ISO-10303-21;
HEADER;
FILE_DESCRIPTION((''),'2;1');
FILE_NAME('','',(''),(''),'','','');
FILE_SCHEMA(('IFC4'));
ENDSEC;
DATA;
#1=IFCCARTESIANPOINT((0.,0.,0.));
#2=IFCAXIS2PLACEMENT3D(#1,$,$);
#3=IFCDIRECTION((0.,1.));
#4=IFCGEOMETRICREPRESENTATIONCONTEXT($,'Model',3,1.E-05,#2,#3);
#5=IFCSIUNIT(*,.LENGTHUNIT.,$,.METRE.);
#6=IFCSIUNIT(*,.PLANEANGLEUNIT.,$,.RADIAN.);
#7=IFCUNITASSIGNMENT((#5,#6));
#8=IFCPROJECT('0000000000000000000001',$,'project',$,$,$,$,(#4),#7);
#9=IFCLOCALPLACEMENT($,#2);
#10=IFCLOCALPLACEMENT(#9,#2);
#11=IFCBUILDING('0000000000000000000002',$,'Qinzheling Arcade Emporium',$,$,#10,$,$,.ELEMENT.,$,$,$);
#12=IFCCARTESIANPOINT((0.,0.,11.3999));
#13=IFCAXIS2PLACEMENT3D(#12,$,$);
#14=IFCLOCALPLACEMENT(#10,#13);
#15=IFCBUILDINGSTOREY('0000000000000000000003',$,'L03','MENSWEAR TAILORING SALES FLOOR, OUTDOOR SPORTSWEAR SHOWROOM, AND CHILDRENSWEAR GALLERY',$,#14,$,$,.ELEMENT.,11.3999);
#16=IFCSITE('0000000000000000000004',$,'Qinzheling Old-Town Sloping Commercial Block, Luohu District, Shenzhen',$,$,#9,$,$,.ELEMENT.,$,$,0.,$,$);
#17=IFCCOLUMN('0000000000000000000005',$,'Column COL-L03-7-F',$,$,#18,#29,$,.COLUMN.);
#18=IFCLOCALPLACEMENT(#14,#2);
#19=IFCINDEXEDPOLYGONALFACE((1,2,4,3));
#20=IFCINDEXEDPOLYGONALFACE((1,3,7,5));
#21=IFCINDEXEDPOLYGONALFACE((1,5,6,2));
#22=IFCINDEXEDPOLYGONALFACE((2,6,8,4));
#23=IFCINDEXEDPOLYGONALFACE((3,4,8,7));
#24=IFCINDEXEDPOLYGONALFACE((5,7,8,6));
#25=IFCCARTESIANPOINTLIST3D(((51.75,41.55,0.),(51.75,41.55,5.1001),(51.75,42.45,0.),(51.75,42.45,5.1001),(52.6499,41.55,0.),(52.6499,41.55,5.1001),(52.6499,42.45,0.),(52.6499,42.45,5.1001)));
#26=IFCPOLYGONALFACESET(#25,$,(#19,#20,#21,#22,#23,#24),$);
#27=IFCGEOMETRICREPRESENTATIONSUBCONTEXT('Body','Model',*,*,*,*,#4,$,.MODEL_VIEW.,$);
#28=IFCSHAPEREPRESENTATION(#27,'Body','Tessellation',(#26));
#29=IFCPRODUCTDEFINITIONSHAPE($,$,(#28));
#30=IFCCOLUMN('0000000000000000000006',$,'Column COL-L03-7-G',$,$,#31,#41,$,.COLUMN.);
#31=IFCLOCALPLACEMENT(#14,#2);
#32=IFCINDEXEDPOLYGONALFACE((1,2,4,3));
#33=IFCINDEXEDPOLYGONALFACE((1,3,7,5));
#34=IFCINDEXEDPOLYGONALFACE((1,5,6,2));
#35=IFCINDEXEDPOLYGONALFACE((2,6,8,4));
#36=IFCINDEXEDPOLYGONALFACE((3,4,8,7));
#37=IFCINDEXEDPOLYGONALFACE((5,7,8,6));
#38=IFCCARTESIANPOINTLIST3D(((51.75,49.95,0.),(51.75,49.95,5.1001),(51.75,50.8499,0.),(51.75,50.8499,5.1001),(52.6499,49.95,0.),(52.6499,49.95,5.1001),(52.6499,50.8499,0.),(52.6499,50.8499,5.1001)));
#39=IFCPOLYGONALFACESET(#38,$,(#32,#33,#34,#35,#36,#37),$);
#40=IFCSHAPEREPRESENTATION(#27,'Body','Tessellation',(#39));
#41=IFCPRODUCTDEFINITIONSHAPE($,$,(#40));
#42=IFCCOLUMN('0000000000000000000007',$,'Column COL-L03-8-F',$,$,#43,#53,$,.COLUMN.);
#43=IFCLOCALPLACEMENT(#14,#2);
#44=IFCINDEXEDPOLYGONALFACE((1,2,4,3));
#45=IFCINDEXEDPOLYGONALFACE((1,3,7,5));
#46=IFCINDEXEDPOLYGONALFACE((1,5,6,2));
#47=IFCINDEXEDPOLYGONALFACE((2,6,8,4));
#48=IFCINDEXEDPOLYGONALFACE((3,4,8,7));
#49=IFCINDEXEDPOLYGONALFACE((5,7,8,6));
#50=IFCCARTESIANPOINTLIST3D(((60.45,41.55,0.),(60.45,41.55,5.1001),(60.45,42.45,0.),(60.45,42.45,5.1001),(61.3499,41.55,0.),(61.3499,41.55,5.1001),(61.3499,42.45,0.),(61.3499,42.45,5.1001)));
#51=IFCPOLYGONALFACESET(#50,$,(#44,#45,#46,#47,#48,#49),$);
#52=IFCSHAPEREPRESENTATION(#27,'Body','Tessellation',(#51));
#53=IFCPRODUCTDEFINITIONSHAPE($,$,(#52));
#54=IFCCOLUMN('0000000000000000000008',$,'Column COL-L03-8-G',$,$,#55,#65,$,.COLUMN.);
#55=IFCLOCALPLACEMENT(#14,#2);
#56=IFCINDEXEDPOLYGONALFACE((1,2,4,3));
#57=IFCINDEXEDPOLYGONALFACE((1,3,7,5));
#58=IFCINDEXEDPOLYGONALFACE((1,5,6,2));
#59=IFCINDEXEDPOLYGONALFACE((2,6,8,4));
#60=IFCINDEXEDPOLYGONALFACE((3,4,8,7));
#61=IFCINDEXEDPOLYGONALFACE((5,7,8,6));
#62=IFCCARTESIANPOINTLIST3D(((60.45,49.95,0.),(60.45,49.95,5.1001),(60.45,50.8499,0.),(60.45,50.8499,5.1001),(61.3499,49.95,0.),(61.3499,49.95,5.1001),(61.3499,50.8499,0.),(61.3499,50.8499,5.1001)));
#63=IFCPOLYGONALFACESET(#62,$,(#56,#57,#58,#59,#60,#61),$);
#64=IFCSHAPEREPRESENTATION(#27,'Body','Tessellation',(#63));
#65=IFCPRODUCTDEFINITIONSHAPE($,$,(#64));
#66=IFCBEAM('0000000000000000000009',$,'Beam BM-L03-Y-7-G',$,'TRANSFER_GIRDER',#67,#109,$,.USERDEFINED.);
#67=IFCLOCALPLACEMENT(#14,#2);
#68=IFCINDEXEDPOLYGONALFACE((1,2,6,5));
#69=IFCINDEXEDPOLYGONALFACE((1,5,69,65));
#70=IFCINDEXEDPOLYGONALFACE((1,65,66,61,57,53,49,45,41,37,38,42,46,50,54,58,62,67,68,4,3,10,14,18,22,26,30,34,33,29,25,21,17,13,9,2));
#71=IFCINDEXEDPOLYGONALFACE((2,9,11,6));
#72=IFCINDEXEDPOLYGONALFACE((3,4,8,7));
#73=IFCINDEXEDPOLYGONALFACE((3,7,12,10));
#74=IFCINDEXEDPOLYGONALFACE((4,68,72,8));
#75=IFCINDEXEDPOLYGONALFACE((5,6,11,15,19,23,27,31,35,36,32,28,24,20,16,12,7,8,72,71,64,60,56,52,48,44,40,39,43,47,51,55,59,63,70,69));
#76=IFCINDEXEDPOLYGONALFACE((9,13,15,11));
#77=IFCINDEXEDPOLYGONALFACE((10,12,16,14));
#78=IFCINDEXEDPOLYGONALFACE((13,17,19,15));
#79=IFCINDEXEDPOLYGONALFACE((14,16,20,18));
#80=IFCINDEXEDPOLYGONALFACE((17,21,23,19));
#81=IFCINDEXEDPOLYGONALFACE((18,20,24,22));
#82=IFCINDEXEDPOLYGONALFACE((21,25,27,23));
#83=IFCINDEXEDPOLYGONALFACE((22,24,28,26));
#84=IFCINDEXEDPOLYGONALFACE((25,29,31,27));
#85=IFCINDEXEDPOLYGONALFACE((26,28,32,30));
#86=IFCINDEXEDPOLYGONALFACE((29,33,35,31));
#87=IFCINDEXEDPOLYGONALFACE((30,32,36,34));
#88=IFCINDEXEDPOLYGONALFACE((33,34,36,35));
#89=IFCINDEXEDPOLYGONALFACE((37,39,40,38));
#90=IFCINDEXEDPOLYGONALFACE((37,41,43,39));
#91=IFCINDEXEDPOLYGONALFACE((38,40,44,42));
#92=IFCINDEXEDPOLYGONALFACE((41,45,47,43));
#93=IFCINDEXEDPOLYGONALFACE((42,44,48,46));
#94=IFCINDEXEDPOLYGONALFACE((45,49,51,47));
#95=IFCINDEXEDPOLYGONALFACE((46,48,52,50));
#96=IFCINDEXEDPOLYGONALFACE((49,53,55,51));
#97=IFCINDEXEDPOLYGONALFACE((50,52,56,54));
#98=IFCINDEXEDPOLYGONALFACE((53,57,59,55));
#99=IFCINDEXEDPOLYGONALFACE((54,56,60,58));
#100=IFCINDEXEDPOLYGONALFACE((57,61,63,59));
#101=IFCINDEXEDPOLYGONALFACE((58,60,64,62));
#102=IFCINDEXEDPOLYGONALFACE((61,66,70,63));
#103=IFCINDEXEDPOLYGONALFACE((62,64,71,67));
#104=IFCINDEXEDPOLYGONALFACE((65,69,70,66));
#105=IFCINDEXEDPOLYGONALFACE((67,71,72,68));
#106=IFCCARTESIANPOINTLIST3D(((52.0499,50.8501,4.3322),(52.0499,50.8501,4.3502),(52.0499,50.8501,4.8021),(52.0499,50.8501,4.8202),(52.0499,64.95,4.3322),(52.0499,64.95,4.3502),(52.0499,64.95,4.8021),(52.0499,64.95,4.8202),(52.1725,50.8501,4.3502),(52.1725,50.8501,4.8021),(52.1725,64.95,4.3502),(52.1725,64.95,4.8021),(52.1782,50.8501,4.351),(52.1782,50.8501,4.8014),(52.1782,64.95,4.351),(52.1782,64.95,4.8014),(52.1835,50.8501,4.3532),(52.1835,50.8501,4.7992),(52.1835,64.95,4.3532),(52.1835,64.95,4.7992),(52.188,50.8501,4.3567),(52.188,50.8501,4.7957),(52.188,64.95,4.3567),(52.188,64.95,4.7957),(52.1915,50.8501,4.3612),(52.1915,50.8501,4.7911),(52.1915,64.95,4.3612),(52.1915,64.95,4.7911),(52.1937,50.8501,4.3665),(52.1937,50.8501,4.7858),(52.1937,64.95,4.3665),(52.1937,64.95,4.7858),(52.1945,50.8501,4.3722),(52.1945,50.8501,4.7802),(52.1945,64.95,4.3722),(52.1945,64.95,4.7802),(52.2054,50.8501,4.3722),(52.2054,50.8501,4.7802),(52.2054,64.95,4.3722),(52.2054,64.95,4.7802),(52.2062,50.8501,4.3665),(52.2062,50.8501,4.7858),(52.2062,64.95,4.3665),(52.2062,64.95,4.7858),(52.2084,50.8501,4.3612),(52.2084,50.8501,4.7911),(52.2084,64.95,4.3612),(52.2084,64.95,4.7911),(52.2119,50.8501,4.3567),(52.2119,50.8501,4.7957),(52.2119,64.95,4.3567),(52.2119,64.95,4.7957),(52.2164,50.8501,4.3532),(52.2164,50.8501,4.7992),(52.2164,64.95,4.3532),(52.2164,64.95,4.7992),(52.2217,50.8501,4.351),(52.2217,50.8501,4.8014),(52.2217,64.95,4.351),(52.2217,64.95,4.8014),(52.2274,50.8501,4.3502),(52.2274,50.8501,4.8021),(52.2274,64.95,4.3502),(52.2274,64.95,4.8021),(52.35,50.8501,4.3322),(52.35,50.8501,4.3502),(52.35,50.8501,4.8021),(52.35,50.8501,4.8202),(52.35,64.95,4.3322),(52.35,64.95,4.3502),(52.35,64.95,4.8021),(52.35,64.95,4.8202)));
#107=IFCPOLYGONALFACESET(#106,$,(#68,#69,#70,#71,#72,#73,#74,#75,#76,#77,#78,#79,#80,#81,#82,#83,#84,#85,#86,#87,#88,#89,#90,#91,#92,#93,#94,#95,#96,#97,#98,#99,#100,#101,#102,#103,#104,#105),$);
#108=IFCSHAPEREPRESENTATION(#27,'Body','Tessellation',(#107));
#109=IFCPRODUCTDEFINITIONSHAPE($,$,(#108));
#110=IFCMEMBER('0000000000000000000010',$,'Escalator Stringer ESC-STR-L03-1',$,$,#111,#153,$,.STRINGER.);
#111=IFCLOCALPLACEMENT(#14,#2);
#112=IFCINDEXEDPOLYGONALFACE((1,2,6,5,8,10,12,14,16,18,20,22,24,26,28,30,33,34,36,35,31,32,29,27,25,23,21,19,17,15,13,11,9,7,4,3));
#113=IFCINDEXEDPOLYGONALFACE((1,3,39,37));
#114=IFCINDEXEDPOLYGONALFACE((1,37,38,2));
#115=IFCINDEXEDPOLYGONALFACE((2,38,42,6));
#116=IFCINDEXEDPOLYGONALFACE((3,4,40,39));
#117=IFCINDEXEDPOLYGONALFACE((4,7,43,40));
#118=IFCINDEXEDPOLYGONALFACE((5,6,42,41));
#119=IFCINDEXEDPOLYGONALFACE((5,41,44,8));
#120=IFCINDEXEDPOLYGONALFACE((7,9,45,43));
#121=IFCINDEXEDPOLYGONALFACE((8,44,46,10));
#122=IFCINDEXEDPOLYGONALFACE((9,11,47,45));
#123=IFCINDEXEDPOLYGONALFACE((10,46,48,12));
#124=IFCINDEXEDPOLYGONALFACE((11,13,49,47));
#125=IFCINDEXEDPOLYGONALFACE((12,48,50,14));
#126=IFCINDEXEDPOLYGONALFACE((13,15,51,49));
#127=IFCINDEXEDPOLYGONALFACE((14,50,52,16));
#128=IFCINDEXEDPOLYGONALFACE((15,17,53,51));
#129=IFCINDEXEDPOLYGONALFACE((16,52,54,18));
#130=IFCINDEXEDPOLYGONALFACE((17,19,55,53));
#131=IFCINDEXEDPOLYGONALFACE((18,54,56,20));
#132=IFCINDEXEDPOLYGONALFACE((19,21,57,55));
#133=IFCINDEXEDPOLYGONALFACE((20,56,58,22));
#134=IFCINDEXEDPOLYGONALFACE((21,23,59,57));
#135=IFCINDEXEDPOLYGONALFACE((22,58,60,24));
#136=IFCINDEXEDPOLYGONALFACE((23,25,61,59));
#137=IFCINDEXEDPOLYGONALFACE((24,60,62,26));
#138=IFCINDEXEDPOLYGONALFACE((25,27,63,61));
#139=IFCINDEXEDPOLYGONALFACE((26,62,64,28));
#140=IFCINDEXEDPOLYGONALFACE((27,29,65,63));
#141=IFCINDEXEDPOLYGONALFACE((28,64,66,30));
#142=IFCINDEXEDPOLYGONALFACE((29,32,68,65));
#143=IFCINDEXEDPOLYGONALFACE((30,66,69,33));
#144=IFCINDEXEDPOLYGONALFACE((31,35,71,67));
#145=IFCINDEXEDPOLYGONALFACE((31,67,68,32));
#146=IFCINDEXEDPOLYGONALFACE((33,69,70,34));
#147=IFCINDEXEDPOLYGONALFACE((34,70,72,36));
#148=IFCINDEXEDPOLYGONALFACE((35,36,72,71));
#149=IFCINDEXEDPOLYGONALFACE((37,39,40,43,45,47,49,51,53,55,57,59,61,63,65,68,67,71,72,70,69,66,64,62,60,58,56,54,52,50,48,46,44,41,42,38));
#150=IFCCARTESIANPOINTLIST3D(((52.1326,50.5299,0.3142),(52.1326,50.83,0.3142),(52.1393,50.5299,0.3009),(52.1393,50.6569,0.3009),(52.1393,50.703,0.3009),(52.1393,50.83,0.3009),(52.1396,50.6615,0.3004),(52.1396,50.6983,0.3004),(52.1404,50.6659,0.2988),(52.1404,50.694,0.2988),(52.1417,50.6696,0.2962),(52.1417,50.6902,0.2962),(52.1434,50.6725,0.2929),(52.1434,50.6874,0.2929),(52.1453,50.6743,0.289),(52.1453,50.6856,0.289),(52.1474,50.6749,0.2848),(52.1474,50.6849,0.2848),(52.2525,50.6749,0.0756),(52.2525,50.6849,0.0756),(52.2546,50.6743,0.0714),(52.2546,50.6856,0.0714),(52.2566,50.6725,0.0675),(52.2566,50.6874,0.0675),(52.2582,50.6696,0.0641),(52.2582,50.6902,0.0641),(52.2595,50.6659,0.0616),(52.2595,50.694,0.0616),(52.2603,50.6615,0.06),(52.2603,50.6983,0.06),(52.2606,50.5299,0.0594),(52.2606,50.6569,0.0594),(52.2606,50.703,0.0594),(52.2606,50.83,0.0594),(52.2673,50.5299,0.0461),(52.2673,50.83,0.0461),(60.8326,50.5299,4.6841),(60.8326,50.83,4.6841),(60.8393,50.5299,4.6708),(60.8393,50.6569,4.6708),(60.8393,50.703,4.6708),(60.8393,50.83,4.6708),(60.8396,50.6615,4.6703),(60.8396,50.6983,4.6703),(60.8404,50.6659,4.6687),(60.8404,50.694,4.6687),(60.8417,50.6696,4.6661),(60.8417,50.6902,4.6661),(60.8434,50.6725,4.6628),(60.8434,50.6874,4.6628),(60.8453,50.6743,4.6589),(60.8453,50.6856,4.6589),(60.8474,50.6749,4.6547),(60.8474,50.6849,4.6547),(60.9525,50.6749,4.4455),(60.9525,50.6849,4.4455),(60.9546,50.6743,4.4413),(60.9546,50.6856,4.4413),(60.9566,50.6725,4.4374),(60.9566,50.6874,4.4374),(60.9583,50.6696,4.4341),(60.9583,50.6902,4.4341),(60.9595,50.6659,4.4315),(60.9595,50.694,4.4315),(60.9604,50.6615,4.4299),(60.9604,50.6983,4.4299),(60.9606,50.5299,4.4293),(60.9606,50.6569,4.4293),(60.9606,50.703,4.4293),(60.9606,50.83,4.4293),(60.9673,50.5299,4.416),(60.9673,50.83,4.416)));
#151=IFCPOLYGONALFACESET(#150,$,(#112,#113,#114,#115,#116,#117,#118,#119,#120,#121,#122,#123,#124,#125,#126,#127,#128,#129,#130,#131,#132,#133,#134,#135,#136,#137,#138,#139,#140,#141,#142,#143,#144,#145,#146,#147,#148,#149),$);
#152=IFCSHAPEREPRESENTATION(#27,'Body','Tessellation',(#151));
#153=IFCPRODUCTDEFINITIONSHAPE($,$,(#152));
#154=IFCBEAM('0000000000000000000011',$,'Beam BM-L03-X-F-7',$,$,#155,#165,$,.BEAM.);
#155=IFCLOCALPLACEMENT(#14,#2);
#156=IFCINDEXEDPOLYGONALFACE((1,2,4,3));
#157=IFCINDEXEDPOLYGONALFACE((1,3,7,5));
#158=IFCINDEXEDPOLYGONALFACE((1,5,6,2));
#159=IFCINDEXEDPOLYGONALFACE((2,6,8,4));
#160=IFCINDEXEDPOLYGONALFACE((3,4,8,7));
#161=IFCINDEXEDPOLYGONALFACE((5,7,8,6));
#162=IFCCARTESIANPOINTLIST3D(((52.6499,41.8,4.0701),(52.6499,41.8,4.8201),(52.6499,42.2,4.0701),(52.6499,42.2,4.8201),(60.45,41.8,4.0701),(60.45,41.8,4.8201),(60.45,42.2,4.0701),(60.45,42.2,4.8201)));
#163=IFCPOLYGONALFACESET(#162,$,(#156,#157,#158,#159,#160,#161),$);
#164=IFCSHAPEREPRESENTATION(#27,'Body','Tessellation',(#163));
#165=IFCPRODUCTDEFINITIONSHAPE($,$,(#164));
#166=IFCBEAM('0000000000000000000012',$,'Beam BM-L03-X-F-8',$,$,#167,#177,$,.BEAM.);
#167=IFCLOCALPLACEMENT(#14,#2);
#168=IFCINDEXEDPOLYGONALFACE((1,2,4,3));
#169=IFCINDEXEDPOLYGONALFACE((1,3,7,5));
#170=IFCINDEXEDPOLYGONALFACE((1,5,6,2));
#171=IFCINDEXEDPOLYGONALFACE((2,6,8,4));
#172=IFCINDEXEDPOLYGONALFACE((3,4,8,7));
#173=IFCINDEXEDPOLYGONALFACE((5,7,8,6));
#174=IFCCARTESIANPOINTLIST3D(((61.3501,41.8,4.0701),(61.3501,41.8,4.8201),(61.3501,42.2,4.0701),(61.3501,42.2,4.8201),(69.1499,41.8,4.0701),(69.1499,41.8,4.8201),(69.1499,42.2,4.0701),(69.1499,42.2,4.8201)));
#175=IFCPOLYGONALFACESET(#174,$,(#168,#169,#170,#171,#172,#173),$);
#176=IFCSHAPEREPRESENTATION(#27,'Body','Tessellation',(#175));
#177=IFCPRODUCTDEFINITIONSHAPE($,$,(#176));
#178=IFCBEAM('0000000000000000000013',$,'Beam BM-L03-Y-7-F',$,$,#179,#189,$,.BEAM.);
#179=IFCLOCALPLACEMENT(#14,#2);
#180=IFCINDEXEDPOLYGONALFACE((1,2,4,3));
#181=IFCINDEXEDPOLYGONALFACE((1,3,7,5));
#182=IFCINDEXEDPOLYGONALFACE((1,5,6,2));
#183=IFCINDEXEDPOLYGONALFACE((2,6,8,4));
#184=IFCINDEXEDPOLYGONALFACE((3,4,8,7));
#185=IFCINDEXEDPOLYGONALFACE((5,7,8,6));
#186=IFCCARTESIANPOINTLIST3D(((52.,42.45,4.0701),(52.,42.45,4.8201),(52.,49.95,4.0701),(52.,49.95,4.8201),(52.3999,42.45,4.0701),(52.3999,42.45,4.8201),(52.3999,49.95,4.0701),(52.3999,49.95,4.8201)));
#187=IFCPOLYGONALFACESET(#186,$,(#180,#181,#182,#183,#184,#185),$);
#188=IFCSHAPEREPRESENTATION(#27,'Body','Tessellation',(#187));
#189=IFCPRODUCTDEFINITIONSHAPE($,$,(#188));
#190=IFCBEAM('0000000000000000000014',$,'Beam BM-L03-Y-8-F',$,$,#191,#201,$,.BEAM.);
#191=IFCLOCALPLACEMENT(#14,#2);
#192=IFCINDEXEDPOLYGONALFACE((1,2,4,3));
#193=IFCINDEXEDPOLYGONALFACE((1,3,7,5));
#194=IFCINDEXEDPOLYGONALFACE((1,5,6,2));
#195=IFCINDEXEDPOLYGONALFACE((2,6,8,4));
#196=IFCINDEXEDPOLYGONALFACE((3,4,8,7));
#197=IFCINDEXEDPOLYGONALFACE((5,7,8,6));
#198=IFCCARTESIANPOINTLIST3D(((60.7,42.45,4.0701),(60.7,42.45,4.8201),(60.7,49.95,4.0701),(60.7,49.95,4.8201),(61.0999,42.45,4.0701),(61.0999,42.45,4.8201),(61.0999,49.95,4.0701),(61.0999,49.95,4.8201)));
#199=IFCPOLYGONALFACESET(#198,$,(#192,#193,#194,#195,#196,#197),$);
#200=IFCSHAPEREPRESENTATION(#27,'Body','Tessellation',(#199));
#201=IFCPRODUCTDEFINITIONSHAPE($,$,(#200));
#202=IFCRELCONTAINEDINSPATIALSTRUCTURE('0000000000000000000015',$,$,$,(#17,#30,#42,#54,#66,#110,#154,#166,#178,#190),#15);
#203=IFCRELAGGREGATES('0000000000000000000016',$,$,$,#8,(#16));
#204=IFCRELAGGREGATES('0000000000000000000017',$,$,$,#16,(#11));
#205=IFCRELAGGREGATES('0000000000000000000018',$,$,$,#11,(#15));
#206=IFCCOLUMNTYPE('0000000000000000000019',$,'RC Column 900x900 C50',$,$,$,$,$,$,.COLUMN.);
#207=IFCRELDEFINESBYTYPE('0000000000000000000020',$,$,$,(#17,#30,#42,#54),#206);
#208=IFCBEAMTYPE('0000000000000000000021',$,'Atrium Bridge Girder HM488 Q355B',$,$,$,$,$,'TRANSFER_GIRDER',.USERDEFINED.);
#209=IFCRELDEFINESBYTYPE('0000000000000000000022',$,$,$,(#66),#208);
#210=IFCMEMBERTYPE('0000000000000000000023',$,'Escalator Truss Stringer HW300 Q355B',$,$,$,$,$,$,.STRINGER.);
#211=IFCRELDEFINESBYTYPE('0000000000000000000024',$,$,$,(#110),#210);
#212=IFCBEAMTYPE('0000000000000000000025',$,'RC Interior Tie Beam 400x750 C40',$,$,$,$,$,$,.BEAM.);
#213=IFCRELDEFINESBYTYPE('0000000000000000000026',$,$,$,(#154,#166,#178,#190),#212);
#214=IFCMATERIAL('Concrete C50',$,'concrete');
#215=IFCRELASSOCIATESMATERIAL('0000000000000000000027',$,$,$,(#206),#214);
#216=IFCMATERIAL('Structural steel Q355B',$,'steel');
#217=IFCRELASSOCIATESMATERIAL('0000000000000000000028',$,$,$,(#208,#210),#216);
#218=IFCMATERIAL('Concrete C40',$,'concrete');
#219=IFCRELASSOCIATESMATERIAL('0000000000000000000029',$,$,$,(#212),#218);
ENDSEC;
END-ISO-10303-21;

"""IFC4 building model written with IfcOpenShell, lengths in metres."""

from ifc_helpers import new_model, si_unit, direction, frame, origin, origin_2d, place, context, subcontext, project, spatial, rectangle, i_section, extrude, material, material_profile, profile_set, type_object, element, save


model = new_model("IFC4")

# Units and contexts
model_context = context("Model", 3, precision=1e-05, world=origin(), true_north=direction((0.0, 1.0)))
body_context = subcontext(model_context, "Body", "Model", "MODEL_VIEW")
ifc_project = project(units=[si_unit("LENGTHUNIT", "METRE"), si_unit("PLANEANGLEUNIT", "RADIAN")], contexts=[model_context])

# Site, building, storey
site_placement = place(None, origin())
site = spatial("IfcSite", under=ifc_project, at=site_placement, Name="Qinzheling Old-Town Sloping Commercial Block, Luohu District, Shenzhen", CompositionType="ELEMENT", RefElevation=0.0)
building_placement = place(site_placement, origin())
building = spatial("IfcBuilding", under=site, at=building_placement, Name="Qinzheling Arcade Emporium", CompositionType="ELEMENT")
storey_placement = place(building_placement, frame((0.0, 0.0, 11.3999)))
storey = spatial("IfcBuildingStorey", under=building, at=storey_placement, Name="L03", Description="MENSWEAR TAILORING SALES FLOOR, OUTDOOR SPORTSWEAR SHOWROOM, AND CHILDRENSWEAR GALLERY", CompositionType="ELEMENT", Elevation=11.3999)

# Columns
ifc_material_1 = material(Name="Concrete C50", Category="concrete")
ifc_material_profile_1 = material_profile(ifc_material_1, rectangle(XDim=0.8999, YDim=0.8999, at=origin_2d()), Name="RC 900x900", Category="concrete")
ifc_profile_set_1 = profile_set([ifc_material_profile_1], Name="Concrete C50")
column_type = type_object("IfcColumnType", Name="RC Column 900x900 C50", PredefinedType="COLUMN", material=ifc_profile_set_1)
for number, where, z_axis, x_axis, name in (
    (1, (52.2, 42.0, 0.0), (0.0, 0.0, 1.0), (1.0, 0.0, 0.0), "Column COL-L03-7-F"),
    (2, (52.2, 50.3999, 0.0), (0.0, 0.0, 1.0), (1.0, 0.0, 0.0), "Column COL-L03-7-G"),
    (3, (60.8999, 42.0, 0.0), (0.0, 0.0, 1.0), (1.0, 0.0, 0.0), "Column COL-L03-8-F"),
    (4, (60.8999, 50.3999, 0.0), (0.0, 0.0, 1.0), (1.0, 0.0, 0.0), "Column COL-L03-8-G"),
):
    element("IfcColumn", number, at=place(storey_placement, frame(where, z_axis=z_axis, x_axis=x_axis)), inside=storey, type_object=column_type, Name=name, PredefinedType="COLUMN", context=body_context, shape_type="SweptSolid", body=[
        extrude(rectangle(XDim=0.8999, YDim=0.8999, at=origin_2d()), origin(), (0.0, 0.0, 1.0), 5.1001),
    ])

# Beam
ifc_material_2 = material(Name="Structural steel Q355B", Category="steel")
ifc_material_profile_2 = material_profile(ifc_material_2, i_section(OverallWidth=0.3, OverallDepth=0.488, WebThickness=0.011, FlangeThickness=0.0181, FilletRadius=0.022, at=origin_2d()), Name="HM 488x300x11x18", Category="steel")
ifc_profile_set_2 = profile_set([ifc_material_profile_2], Name="Structural steel Q355B")
beam_type_1 = type_object("IfcBeamType", Name="Atrium Bridge Girder HM488 Q355B", ElementType="TRANSFER_GIRDER", PredefinedType="USERDEFINED", material=ifc_profile_set_2)
beam_1_placement = place(storey_placement, frame((52.2, 50.8501, 4.5762), z_axis=(0.0, 1.0, 0.0), x_axis=(-1.0, 0.0, 0.0)))
element("IfcBeam", 5, at=beam_1_placement, inside=storey, type_object=beam_type_1, Name="Beam BM-L03-Y-7-G", ObjectType="TRANSFER_GIRDER", PredefinedType="USERDEFINED", context=body_context, shape_type="SweptSolid", body=[
    extrude(i_section(OverallWidth=0.3, OverallDepth=0.488, WebThickness=0.011, FlangeThickness=0.0181, FilletRadius=0.022, at=origin_2d()), origin(), (0.0, 0.0, 1.0), 14.0999),
])

# Member
ifc_material_profile_3 = material_profile(ifc_material_2, i_section(OverallWidth=0.3, OverallDepth=0.3, WebThickness=0.01, FlangeThickness=0.0149, FilletRadius=0.0181, at=origin_2d()), Name="HW 300x300x10x15", Category="steel")
ifc_profile_set_3 = profile_set([ifc_material_profile_3], Name="Structural steel Q355B")
member_type = type_object("IfcMemberType", Name="Escalator Truss Stringer HW300 Q355B", PredefinedType="STRINGER", material=ifc_profile_set_3)
member_placement = place(storey_placement, frame((52.2, 50.6799, 0.1802), z_axis=(0.893608, 0.0, 0.448848), x_axis=(0.0, 1.0, 0.0)))
element("IfcMember", 6, at=member_placement, inside=storey, type_object=member_type, Name="Escalator Stringer ESC-STR-L03-1", PredefinedType="STRINGER", context=body_context, shape_type="SweptSolid", body=[
    extrude(i_section(OverallWidth=0.3, OverallDepth=0.3, WebThickness=0.01, FlangeThickness=0.0149, FilletRadius=0.0181, at=origin_2d()), origin(), (0.0, 0.0, 1.0), 9.7358),
])

# Beams
ifc_material_3 = material(Name="Concrete C40", Category="concrete")
ifc_material_profile_4 = material_profile(ifc_material_3, rectangle(XDim=0.3999, YDim=0.75, at=origin_2d()), Name="RC 400x750", Category="concrete")
ifc_profile_set_4 = profile_set([ifc_material_profile_4], Name="Concrete C40")
beam_type_2 = type_object("IfcBeamType", Name="RC Interior Tie Beam 400x750 C40", PredefinedType="BEAM", material=ifc_profile_set_4)
beam_2_placement = place(storey_placement, frame((52.6499, 42.0, 4.4451), z_axis=(1.0, 0.0, 0.0), x_axis=(0.0, 1.0, 0.0)))
element("IfcBeam", 7, at=beam_2_placement, inside=storey, type_object=beam_type_2, Name="Beam BM-L03-X-F-7", PredefinedType="BEAM", context=body_context, shape_type="SweptSolid", body=[
    extrude(rectangle(XDim=0.3999, YDim=0.75, at=origin_2d()), origin(), (0.0, 0.0, 1.0), 7.8),
])
beam_3_placement = place(storey_placement, frame((61.3501, 42.0, 4.4451), z_axis=(1.0, 0.0, 0.0), x_axis=(0.0, 1.0, 0.0)))
element("IfcBeam", 8, at=beam_3_placement, inside=storey, type_object=beam_type_2, Name="Beam BM-L03-X-F-8", PredefinedType="BEAM", context=body_context, shape_type="SweptSolid", body=[
    extrude(rectangle(XDim=0.3999, YDim=0.75, at=origin_2d()), origin(), (0.0, 0.0, 1.0), 7.7998),
])
for number, where, z_axis, x_axis, name in (
    (9, (52.2, 42.45, 4.4451), (0.0, 1.0, 0.0), (-1.0, 0.0, 0.0), "Beam BM-L03-Y-7-F"),
    (10, (60.8999, 42.45, 4.4451), (0.0, 1.0, 0.0), (-1.0, 0.0, 0.0), "Beam BM-L03-Y-8-F"),
):
    element("IfcBeam", number, at=place(storey_placement, frame(where, z_axis=z_axis, x_axis=x_axis)), inside=storey, type_object=beam_type_2, Name=name, PredefinedType="BEAM", context=body_context, shape_type="SweptSolid", body=[
        extrude(rectangle(XDim=0.3999, YDim=0.75, at=origin_2d()), origin(), (0.0, 0.0, 1.0), 7.5),
    ])

save(model, "model.ifc")
